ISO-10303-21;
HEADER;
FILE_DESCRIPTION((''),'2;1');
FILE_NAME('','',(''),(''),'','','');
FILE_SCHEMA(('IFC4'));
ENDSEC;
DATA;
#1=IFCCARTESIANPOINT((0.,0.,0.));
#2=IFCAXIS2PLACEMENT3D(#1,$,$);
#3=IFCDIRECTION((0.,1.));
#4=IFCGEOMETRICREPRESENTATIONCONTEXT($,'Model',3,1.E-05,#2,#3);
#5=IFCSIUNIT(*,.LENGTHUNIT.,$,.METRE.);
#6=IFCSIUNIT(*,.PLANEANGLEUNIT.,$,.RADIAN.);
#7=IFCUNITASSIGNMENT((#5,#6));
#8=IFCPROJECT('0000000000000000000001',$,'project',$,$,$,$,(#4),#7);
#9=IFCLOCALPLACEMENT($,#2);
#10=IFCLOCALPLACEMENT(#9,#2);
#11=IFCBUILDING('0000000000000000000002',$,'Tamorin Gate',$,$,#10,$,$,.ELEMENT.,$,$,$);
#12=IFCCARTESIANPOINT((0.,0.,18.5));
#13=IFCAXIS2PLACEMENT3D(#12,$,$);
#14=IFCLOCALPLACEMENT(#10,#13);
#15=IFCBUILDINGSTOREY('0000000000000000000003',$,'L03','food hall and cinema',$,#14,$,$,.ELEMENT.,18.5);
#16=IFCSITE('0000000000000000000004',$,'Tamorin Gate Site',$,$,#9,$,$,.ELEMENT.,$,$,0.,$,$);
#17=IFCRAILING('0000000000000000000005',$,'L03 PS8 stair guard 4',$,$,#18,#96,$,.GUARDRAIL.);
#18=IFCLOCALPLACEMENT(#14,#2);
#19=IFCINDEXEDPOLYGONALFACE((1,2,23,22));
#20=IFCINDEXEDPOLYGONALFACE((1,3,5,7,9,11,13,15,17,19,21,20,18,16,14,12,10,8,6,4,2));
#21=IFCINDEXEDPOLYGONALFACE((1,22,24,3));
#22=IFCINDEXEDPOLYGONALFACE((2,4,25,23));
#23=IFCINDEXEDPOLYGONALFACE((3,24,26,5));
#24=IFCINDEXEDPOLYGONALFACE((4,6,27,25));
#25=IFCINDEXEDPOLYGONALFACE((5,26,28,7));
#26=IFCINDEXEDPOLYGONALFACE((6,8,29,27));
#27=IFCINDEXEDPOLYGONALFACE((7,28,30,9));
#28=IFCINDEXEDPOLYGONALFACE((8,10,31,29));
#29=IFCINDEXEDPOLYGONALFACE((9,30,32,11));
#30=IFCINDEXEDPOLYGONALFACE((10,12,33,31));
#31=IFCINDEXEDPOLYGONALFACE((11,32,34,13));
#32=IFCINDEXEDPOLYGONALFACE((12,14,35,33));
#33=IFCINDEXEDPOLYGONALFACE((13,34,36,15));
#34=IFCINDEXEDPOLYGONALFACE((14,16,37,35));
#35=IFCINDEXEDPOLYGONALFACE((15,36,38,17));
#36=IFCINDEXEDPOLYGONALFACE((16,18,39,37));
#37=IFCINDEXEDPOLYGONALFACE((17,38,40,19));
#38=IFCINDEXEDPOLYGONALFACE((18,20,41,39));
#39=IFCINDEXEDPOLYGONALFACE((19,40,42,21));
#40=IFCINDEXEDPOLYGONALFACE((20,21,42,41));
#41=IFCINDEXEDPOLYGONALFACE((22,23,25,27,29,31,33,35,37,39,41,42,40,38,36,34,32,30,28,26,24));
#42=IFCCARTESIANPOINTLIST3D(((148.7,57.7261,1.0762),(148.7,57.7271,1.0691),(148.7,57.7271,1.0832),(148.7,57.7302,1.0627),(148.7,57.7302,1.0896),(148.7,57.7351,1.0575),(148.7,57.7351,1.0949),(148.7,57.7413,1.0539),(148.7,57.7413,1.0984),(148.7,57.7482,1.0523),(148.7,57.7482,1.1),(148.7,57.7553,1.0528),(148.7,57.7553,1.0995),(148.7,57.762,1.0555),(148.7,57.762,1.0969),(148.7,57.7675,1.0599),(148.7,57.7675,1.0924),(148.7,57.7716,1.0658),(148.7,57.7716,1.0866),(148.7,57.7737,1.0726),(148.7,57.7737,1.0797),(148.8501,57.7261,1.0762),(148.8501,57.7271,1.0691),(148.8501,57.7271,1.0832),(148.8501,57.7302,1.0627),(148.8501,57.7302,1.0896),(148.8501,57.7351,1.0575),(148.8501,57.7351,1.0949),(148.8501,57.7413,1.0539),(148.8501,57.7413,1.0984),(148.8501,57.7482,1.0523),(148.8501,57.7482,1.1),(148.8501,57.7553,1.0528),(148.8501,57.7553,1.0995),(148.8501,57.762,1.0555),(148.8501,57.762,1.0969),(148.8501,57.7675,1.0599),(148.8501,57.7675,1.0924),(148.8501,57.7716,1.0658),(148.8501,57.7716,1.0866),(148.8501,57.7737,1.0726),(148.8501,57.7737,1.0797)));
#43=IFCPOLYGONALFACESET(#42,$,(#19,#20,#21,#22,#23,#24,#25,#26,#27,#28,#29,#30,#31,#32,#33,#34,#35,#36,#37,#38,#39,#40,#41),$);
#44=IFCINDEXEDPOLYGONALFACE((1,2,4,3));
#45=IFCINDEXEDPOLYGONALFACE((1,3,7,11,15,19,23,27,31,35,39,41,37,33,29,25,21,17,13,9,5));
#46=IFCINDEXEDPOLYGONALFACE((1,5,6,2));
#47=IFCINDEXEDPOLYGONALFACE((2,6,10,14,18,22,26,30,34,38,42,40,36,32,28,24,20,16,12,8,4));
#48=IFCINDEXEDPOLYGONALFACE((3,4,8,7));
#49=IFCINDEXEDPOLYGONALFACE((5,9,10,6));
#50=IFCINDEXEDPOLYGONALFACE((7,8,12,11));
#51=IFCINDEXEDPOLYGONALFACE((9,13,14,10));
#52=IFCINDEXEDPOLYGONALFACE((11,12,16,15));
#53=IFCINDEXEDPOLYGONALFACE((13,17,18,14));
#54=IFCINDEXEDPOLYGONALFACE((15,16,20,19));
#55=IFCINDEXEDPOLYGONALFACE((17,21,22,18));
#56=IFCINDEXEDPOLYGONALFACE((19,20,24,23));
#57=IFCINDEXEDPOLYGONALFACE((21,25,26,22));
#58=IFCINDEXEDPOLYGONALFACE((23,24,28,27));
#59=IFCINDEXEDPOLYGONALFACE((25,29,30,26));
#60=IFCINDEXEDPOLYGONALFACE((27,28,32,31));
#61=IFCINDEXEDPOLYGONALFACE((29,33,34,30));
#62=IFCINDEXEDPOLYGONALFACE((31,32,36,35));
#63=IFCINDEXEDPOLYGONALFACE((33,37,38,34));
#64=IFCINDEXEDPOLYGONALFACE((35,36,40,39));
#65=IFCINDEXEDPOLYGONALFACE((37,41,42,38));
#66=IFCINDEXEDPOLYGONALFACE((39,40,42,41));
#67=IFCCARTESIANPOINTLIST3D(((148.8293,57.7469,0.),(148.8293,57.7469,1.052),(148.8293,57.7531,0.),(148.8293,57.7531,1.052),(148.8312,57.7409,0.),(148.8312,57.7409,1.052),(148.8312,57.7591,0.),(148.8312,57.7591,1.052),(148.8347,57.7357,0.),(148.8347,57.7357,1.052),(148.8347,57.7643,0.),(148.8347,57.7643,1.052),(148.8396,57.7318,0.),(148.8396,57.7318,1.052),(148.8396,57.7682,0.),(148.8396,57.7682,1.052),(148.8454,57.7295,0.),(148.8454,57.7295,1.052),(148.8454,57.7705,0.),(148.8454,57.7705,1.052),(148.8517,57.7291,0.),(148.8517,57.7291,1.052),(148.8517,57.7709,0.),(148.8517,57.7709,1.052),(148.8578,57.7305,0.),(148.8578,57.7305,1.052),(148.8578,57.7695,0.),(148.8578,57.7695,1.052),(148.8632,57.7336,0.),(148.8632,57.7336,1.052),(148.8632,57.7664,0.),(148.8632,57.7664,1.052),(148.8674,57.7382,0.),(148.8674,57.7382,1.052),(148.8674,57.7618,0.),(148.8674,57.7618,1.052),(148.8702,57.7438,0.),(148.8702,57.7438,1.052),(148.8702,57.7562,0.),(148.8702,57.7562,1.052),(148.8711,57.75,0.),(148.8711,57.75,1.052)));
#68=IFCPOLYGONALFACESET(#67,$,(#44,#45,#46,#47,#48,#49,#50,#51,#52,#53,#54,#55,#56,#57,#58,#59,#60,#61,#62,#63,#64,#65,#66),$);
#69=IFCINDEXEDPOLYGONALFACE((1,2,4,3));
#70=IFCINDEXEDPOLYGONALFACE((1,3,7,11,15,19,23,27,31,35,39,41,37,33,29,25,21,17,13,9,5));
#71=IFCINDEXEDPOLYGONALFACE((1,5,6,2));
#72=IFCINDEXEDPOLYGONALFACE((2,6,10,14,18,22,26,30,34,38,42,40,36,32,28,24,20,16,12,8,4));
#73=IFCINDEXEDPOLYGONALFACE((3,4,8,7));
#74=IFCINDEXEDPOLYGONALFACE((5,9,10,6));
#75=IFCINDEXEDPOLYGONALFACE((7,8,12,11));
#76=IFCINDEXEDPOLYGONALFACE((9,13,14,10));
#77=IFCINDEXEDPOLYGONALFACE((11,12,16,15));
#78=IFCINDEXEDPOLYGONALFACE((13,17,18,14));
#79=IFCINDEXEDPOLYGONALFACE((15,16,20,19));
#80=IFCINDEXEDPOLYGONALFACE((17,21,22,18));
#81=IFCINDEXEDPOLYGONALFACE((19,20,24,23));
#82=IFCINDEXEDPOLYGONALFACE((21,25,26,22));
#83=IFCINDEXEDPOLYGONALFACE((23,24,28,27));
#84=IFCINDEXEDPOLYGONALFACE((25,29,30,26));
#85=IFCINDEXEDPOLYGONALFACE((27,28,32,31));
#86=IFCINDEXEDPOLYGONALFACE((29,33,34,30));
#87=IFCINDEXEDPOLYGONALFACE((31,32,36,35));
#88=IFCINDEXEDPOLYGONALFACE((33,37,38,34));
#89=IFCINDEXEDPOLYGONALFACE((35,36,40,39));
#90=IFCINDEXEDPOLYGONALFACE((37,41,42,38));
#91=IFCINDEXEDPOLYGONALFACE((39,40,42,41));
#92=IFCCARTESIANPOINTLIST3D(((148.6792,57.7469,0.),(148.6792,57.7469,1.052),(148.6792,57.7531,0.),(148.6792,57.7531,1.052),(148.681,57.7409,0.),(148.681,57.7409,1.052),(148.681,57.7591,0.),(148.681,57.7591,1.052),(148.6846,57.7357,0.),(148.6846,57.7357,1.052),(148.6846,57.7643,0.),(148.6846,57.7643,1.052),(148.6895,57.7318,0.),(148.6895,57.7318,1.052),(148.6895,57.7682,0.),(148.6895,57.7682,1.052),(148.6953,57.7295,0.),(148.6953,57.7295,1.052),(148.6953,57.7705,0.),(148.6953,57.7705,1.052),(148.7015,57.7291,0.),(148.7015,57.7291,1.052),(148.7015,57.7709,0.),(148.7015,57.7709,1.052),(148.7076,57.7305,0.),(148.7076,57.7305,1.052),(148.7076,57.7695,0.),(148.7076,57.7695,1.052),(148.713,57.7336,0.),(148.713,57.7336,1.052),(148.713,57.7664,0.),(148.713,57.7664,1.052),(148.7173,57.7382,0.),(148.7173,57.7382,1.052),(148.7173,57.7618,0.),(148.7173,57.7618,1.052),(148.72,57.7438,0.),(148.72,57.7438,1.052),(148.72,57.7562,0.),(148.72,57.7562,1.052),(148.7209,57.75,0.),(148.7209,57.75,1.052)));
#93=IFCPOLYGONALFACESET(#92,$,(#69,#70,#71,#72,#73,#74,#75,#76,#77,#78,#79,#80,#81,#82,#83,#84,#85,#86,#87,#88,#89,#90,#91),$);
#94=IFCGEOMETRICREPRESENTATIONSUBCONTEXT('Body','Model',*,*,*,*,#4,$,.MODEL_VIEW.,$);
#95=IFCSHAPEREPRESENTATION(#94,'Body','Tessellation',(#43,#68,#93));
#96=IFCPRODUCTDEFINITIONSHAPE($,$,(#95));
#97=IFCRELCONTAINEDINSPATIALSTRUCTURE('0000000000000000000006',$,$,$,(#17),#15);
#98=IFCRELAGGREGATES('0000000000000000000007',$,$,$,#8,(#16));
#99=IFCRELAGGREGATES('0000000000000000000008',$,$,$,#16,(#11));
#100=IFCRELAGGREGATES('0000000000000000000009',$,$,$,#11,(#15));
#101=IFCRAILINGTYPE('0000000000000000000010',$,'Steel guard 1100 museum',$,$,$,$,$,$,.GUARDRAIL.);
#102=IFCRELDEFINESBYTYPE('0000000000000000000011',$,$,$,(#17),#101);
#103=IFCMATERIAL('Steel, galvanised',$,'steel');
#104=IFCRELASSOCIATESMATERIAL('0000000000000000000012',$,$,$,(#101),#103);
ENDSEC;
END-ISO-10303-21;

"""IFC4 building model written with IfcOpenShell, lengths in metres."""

from ifc_helpers import new_model, si_unit, direction, frame, origin, origin_2d, place, context, subcontext, project, spatial, circle, extrude, material, type_object, element, save


model = new_model("IFC4")

# Units and contexts
model_context = context("Model", 3, precision=1e-05, world=origin(), true_north=direction((0.0, 1.0)))
body_context = subcontext(model_context, "Body", "Model", "MODEL_VIEW")
ifc_project = project(units=[si_unit("LENGTHUNIT", "METRE"), si_unit("PLANEANGLEUNIT", "RADIAN")], contexts=[model_context])

# Site, building, storey
site_placement = place(None, origin())
site = spatial("IfcSite", under=ifc_project, at=site_placement, Name="Tamorin Gate Site", CompositionType="ELEMENT", RefElevation=0.0)
building_placement = place(site_placement, origin())
building = spatial("IfcBuilding", under=site, at=building_placement, Name="Tamorin Gate", CompositionType="ELEMENT")
storey_placement = place(building_placement, frame((0.0, 0.0, 18.5)))
storey = spatial("IfcBuildingStorey", under=building, at=storey_placement, Name="L03", Description="food hall and cinema", CompositionType="ELEMENT", Elevation=18.5)

# Railing
ifc_material_1 = material(Name="Steel, galvanised", Category="steel")
railing_type_1 = type_object("IfcRailingType", Name="Steel guard 1100 museum", PredefinedType="GUARDRAIL", material=ifc_material_1)
railing_1_placement = place(storey_placement, frame((148.8501, 57.75, 0.0)))
element("IfcRailing", 1, at=railing_1_placement, inside=storey, type_object=railing_type_1, Name="L03 PS8 stair guard 4", PredefinedType="GUARDRAIL", context=body_context, shape_type="SweptSolid", body=[
    extrude(circle(Radius=0.0239, at=origin_2d()), frame((0.0, 0.0, 1.0762), z_axis=(-1.0, 0.0, 0.0), x_axis=(0.0, -1.0, 0.0)), (0.0, 0.0, 1.0), 0.1501),
    extrude(circle(Radius=0.021, at=origin_2d()), origin(), (0.0, 0.0, 1.0), 1.052),
    extrude(circle(Radius=0.021, at=origin_2d()), frame((-0.1501, 0.0, 0.0)), (0.0, 0.0, 1.0), 1.052),
])

save(model, "model.ifc")
